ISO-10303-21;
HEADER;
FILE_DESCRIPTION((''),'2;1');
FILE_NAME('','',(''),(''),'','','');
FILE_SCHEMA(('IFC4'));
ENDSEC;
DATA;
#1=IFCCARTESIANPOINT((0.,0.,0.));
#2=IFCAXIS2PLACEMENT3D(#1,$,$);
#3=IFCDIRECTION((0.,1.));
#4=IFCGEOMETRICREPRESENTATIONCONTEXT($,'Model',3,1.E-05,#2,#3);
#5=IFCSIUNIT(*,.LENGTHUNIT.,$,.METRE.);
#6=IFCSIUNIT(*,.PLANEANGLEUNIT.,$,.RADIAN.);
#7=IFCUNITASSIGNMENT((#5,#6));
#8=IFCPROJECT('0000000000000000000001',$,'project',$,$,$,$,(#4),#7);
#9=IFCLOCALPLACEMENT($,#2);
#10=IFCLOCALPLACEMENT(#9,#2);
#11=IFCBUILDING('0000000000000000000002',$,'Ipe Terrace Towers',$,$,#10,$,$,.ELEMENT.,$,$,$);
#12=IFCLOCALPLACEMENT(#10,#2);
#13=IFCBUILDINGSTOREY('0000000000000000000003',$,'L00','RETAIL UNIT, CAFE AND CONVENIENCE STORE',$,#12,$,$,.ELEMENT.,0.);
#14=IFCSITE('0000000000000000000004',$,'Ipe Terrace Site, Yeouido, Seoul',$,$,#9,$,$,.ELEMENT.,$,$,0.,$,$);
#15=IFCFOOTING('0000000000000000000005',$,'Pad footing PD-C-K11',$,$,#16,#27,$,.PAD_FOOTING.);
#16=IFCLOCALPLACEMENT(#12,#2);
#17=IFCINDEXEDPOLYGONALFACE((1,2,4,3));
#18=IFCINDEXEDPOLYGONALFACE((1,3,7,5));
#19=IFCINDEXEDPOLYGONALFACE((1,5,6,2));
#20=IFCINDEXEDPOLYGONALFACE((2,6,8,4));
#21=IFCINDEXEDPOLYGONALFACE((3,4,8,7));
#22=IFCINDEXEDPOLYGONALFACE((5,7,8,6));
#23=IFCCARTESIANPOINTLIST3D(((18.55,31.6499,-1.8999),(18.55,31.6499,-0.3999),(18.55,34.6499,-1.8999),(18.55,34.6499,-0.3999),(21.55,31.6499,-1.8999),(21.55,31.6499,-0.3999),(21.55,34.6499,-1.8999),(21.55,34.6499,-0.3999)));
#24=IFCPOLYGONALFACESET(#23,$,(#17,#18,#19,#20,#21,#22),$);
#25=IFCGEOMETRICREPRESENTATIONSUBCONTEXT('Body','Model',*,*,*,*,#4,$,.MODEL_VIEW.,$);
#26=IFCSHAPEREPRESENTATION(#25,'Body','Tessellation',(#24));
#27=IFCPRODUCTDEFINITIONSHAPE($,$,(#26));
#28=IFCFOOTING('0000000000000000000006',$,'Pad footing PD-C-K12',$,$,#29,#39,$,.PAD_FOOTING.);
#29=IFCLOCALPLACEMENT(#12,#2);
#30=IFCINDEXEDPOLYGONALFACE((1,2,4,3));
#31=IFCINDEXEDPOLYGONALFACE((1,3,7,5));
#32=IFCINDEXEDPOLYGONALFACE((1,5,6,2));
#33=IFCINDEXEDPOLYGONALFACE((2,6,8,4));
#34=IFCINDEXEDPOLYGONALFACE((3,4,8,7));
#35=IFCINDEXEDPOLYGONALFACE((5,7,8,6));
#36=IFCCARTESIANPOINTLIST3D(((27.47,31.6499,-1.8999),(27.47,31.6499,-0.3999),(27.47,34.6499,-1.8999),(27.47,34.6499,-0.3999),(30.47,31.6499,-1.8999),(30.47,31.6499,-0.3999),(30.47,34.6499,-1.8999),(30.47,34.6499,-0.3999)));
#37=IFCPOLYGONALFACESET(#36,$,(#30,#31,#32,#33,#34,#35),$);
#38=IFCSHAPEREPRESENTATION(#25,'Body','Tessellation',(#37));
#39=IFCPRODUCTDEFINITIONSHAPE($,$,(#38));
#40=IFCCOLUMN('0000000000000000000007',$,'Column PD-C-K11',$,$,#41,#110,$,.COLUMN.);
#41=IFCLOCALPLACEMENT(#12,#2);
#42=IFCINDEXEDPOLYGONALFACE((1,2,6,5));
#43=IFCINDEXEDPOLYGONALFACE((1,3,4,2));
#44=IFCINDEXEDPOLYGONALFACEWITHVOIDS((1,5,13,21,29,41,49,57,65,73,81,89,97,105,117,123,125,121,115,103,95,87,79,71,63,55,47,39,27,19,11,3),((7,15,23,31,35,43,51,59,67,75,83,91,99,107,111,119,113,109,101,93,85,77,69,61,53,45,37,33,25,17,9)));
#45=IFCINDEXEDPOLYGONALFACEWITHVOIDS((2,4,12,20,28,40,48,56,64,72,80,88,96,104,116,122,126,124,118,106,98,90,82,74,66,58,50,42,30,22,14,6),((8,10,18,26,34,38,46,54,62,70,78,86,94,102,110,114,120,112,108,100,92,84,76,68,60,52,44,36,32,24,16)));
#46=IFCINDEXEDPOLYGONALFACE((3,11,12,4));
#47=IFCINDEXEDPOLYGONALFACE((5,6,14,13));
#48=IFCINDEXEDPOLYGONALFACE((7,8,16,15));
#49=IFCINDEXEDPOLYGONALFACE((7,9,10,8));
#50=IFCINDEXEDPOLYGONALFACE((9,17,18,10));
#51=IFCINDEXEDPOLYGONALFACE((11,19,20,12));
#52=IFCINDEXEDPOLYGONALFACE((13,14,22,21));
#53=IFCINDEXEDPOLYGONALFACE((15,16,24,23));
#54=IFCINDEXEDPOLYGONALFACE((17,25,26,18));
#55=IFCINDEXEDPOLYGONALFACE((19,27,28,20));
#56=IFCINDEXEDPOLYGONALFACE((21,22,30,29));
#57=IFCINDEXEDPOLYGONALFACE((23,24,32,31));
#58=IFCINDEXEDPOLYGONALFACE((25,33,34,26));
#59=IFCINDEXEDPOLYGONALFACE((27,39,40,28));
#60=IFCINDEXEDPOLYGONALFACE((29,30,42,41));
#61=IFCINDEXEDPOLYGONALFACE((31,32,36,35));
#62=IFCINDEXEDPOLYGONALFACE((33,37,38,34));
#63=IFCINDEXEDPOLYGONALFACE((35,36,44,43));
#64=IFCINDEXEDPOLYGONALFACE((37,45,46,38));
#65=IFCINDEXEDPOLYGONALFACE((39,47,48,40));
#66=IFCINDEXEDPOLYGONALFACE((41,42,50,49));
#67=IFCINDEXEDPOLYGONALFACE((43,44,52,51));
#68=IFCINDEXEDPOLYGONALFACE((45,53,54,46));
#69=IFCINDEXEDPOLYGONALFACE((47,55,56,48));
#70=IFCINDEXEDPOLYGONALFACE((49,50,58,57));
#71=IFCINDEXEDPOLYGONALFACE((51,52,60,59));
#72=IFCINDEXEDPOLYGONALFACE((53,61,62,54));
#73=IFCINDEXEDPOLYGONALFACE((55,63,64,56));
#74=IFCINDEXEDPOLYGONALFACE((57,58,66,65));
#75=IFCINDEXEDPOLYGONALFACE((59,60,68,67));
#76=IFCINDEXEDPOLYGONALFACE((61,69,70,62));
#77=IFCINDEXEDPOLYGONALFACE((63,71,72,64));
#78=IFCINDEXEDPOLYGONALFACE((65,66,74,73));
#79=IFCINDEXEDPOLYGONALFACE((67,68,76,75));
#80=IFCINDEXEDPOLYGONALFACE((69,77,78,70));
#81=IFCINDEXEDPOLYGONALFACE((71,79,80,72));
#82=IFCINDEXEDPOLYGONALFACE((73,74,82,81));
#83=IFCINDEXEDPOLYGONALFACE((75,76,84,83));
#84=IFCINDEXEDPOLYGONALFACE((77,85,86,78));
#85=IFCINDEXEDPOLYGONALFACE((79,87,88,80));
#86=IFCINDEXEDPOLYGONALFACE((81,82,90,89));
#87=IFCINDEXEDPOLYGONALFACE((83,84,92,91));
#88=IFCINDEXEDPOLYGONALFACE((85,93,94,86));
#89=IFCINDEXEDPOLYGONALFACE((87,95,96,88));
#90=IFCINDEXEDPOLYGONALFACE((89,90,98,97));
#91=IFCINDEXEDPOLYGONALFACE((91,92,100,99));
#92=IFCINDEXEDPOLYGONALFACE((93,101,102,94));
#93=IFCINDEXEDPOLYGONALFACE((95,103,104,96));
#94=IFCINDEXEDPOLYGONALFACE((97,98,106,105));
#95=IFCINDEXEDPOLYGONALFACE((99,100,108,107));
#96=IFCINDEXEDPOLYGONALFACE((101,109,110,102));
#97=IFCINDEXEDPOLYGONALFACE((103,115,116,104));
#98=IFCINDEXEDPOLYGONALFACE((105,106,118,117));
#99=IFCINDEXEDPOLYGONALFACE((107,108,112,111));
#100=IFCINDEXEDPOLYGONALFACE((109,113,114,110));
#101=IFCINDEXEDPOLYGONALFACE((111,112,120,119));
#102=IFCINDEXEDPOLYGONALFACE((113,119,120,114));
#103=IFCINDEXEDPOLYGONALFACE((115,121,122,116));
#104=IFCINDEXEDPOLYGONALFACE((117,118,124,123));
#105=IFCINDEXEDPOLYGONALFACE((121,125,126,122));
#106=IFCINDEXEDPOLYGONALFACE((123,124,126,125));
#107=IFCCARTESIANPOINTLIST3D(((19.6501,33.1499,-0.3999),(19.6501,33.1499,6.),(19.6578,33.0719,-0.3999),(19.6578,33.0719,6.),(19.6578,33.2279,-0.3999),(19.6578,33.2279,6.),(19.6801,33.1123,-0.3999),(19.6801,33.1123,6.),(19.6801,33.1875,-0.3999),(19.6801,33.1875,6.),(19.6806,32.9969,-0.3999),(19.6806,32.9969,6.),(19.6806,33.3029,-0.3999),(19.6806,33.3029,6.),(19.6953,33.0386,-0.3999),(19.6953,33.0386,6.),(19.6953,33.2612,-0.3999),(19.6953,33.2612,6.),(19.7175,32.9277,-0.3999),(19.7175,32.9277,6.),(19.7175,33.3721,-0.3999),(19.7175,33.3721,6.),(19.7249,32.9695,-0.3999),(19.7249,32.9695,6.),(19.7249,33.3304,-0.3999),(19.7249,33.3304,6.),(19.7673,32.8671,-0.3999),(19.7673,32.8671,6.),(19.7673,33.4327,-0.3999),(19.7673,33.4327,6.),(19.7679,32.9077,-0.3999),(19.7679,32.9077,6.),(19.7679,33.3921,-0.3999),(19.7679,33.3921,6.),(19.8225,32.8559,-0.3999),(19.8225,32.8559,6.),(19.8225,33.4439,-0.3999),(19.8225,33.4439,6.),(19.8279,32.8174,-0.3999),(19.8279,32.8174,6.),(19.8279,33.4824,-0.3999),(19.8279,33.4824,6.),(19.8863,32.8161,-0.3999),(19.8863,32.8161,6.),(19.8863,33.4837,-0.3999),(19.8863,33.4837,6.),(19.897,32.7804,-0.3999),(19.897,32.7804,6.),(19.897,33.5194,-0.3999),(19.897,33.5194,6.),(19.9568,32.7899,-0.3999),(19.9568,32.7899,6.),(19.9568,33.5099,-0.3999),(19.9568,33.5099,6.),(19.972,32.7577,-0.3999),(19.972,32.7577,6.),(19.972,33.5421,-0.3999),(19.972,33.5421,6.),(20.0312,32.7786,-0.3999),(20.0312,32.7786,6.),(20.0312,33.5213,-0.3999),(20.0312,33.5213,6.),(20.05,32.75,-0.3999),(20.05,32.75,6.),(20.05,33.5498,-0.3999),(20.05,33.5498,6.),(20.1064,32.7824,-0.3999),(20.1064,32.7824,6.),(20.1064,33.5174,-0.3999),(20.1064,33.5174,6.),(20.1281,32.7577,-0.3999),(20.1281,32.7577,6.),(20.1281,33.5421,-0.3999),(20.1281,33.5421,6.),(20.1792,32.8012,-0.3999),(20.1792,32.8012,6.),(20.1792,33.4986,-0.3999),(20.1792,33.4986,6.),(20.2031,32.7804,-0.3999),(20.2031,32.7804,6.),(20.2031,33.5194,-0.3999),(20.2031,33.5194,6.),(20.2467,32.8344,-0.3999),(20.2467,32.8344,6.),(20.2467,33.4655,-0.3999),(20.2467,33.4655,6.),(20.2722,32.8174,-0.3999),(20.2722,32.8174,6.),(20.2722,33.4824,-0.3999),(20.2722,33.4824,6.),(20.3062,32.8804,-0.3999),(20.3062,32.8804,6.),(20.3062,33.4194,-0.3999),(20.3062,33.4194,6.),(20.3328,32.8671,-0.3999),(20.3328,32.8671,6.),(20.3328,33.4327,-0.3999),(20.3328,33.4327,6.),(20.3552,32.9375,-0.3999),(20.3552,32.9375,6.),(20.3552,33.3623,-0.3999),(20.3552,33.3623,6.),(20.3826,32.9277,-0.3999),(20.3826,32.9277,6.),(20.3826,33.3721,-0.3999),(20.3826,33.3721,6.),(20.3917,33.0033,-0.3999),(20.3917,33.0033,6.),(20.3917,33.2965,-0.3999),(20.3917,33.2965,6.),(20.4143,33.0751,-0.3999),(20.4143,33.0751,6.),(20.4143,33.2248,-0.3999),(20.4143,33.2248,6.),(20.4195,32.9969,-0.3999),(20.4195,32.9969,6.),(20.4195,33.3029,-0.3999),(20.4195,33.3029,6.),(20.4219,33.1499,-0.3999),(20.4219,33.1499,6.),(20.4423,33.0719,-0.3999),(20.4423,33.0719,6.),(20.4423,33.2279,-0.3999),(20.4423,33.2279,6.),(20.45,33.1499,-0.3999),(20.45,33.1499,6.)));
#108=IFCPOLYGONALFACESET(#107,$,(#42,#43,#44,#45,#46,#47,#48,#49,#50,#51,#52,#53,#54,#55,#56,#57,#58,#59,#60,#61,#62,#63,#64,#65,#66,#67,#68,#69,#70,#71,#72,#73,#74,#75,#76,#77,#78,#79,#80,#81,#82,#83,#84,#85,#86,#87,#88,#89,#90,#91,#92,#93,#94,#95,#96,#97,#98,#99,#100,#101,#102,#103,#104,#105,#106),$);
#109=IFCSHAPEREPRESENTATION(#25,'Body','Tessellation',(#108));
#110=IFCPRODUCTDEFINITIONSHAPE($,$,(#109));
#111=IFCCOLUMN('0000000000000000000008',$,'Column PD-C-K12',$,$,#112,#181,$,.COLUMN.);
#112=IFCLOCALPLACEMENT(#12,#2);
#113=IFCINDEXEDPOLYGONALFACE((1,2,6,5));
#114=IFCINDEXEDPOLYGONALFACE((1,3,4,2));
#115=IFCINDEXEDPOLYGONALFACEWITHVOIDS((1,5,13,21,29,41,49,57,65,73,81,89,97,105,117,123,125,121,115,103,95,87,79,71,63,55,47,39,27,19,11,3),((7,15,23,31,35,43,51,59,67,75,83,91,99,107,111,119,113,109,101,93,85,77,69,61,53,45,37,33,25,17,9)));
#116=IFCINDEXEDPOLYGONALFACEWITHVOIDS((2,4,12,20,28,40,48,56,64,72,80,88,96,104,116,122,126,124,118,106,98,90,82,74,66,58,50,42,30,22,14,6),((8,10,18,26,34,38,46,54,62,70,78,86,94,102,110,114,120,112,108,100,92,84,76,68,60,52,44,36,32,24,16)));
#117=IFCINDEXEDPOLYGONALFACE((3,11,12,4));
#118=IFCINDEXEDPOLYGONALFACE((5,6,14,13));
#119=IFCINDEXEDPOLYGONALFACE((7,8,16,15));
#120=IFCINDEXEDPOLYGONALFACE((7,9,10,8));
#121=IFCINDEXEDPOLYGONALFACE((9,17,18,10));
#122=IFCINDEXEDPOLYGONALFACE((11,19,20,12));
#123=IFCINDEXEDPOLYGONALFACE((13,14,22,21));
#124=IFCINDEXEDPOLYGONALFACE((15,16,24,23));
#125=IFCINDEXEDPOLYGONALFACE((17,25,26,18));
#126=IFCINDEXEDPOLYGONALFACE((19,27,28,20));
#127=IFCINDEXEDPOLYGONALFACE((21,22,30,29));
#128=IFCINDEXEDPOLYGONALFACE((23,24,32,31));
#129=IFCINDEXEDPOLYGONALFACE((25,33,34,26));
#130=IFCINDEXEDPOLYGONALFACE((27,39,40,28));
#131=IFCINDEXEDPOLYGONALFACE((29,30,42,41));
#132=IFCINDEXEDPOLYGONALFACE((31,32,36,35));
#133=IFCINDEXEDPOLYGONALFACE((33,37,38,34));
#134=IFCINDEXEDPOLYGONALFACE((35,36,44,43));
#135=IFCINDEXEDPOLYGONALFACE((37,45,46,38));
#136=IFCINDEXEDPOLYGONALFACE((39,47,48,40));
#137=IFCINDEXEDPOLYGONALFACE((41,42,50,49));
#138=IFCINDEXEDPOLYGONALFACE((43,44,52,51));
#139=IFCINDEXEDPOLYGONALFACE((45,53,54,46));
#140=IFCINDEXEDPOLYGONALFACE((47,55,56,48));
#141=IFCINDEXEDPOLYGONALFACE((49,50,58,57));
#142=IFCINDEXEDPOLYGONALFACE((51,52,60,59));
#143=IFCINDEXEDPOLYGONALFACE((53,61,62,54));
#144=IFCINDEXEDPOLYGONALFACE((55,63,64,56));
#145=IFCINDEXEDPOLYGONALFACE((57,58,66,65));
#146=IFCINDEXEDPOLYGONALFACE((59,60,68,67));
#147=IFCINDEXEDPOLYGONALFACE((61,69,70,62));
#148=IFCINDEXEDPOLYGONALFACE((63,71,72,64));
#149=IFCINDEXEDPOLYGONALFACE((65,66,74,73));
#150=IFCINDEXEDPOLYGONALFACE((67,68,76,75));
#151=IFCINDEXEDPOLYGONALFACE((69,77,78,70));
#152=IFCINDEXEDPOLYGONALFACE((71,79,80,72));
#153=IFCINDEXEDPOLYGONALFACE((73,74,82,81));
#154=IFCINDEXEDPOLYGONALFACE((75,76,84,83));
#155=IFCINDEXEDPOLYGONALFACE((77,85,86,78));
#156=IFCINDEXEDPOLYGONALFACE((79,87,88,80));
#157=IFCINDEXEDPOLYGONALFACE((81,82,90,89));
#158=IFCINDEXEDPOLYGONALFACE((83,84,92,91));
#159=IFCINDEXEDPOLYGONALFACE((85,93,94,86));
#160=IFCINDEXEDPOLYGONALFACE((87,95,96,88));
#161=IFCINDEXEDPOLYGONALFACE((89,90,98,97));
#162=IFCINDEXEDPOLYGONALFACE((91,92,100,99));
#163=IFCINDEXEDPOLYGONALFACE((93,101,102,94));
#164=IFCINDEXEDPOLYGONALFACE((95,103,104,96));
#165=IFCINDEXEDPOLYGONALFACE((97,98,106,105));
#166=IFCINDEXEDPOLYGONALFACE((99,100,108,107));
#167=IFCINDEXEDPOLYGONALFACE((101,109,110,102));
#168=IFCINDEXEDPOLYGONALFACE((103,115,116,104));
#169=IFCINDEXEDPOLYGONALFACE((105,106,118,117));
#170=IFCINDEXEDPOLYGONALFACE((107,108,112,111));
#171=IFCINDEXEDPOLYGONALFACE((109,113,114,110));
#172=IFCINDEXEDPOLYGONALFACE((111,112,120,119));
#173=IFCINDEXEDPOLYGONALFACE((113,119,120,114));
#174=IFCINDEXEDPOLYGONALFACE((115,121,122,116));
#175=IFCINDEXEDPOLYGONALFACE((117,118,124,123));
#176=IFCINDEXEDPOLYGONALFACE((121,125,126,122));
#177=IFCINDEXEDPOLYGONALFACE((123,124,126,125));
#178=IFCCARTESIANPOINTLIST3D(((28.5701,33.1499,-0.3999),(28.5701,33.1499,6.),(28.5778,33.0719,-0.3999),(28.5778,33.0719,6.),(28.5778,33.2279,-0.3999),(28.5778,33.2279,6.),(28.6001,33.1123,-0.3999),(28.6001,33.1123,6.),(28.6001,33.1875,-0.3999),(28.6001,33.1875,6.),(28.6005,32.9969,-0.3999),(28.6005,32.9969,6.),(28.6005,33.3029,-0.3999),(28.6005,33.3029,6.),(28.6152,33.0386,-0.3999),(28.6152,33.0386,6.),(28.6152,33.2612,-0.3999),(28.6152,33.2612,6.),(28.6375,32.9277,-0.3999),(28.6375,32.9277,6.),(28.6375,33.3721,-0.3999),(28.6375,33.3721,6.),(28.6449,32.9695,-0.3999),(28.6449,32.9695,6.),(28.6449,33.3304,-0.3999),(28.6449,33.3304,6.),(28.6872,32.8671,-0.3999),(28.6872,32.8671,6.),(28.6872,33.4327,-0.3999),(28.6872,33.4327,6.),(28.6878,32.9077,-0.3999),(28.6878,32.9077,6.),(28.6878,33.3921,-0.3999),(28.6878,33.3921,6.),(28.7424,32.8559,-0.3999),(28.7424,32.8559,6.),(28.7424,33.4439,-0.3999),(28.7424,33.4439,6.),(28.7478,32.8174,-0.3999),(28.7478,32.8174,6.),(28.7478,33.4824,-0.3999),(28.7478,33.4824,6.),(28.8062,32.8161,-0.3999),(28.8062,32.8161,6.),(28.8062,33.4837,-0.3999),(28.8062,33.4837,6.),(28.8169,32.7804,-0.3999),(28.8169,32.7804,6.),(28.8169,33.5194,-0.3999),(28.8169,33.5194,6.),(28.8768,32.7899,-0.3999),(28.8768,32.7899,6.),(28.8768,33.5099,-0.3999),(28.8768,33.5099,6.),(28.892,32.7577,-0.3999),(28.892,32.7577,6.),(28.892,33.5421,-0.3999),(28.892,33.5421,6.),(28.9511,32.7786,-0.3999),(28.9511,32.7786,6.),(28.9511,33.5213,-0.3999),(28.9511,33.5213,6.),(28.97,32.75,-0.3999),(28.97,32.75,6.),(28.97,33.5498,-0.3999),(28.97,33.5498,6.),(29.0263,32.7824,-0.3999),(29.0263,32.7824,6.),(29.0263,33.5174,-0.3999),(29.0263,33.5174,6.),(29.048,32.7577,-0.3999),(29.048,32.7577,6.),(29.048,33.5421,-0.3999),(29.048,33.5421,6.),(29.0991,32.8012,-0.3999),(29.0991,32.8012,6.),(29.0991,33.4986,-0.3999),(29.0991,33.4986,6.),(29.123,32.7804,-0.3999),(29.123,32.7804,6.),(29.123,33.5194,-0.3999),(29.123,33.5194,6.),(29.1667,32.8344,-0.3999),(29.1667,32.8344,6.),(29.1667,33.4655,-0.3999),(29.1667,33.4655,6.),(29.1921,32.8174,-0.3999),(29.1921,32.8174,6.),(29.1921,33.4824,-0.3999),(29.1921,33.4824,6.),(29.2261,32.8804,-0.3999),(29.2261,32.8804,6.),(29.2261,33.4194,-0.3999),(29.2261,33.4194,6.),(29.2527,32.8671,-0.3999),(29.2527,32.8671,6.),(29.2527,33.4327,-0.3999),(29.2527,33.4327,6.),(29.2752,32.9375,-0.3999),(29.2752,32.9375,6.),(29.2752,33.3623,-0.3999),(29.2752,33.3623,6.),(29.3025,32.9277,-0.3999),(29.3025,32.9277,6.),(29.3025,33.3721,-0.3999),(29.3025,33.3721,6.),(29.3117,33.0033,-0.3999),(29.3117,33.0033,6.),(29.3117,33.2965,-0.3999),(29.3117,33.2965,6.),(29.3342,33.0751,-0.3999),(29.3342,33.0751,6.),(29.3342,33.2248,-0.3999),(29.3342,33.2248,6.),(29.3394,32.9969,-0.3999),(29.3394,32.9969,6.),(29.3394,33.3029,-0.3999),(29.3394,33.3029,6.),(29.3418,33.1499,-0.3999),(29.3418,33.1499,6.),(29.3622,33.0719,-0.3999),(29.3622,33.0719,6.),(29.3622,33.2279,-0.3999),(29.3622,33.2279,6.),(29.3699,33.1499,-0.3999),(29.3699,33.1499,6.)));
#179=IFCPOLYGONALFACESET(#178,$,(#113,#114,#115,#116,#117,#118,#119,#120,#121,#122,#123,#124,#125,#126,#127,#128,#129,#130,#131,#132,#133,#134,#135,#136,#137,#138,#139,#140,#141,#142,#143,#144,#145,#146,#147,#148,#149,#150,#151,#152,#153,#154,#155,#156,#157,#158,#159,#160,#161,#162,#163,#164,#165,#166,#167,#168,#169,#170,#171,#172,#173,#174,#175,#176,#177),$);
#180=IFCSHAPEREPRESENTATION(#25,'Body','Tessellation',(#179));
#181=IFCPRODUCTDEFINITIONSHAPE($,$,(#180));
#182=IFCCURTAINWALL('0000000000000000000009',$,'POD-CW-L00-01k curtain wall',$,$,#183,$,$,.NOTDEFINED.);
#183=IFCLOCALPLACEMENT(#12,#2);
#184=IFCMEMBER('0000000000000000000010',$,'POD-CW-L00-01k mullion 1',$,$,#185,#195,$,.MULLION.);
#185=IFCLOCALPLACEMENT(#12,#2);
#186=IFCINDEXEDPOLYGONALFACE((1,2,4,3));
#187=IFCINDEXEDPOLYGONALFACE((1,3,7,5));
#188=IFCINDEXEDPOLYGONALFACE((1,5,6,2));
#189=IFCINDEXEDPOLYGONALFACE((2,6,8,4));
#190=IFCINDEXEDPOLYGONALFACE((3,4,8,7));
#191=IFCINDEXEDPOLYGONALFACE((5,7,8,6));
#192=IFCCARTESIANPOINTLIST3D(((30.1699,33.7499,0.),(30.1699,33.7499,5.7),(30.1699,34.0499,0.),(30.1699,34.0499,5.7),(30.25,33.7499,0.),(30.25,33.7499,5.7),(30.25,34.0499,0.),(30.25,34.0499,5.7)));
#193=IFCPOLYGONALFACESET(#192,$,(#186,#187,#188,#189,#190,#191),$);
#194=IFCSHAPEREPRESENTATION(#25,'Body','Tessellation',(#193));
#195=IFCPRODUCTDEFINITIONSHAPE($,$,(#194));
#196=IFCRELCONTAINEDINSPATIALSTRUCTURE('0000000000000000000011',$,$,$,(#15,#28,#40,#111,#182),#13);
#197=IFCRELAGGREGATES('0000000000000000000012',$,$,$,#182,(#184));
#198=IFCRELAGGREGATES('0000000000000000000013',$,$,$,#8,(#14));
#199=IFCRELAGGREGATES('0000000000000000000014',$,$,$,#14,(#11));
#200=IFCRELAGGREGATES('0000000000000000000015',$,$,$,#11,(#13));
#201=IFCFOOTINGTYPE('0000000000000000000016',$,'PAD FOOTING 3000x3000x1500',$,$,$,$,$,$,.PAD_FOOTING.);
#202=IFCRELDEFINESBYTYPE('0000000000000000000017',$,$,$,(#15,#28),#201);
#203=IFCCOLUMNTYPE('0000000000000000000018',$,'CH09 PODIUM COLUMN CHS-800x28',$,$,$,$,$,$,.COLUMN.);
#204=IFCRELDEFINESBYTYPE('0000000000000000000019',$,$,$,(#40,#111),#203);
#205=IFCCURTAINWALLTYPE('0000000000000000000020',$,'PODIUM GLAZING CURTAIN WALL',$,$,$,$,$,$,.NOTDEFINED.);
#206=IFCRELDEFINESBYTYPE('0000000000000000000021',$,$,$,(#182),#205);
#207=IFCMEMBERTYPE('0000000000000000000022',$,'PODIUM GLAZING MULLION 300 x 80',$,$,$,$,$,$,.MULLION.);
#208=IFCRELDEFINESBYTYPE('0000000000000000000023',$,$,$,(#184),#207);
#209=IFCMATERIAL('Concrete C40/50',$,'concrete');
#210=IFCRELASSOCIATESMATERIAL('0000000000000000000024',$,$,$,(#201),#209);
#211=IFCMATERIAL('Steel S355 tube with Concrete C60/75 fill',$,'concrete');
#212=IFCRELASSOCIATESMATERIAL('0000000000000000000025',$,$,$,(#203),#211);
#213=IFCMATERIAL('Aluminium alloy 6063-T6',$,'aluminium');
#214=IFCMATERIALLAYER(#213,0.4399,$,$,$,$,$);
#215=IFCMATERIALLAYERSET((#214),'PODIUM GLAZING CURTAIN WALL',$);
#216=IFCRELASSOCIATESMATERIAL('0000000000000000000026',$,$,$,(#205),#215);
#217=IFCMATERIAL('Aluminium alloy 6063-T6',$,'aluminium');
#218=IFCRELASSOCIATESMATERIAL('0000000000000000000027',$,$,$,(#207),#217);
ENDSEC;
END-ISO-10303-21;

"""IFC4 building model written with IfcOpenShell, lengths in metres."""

from ifc_helpers import new_model, si_unit, direction, frame, origin, origin_2d, place, context, subcontext, project, spatial, rectangle, hollow_circle, extrude, material, layer, layer_set, material_profile, profile_set, type_object, element, aggregate, save


model = new_model("IFC4")

# Units and contexts
model_context = context("Model", 3, precision=1e-05, world=origin(), true_north=direction((0.0, 1.0)))
body_context = subcontext(model_context, "Body", "Model", "MODEL_VIEW")
ifc_project = project(units=[si_unit("LENGTHUNIT", "METRE"), si_unit("PLANEANGLEUNIT", "RADIAN")], contexts=[model_context])

# Site, building, storey
site_placement = place(None, origin())
site = spatial("IfcSite", under=ifc_project, at=site_placement, Name="Ipe Terrace Site, Yeouido, Seoul", CompositionType="ELEMENT", RefElevation=0.0)
building_placement = place(site_placement, origin())
building = spatial("IfcBuilding", under=site, at=building_placement, Name="Ipe Terrace Towers", CompositionType="ELEMENT")
storey_placement = place(building_placement, origin())
storey = spatial("IfcBuildingStorey", under=building, at=storey_placement, Name="L00", Description="RETAIL UNIT, CAFE AND CONVENIENCE STORE", CompositionType="ELEMENT", Elevation=0.0)

# Footings
ifc_material_1 = material(Name="Concrete C40/50", Category="concrete")
footing_type = type_object("IfcFootingType", Name="PAD FOOTING 3000x3000x1500", PredefinedType="PAD_FOOTING", material=ifc_material_1)
for number, where, z_axis, x_axis, name in (
    (1, (20.05, 33.1499, -1.8999), (0.0, 0.0, 1.0), (1.0, 0.0, 0.0), "Pad footing PD-C-K11"),
    (2, (28.97, 33.1499, -1.8999), (0.0, 0.0, 1.0), (1.0, 0.0, 0.0), "Pad footing PD-C-K12"),
):
    element("IfcFooting", number, at=place(storey_placement, frame(where, z_axis=z_axis, x_axis=x_axis)), inside=storey, type_object=footing_type, Name=name, PredefinedType="PAD_FOOTING", context=body_context, shape_type="SweptSolid", body=[
        extrude(rectangle(XDim=3.0, YDim=3.0, at=origin_2d()), origin(), (0.0, 0.0, 1.0), 1.5),
    ])

# Columns
ifc_material_2 = material(Name="Steel S355 tube with Concrete C60/75 fill", Category="concrete")
ifc_material_profile_1 = material_profile(ifc_material_2, hollow_circle(Radius=0.3999, WallThickness=0.0281, at=origin_2d()), Name="CHS-800x28")
ifc_profile_set_1 = profile_set([ifc_material_profile_1], Name="Steel S355 tube with Concrete C60/75 fill")
column_type = type_object("IfcColumnType", Name="CH09 PODIUM COLUMN CHS-800x28", PredefinedType="COLUMN", material=ifc_profile_set_1)
for number, where, z_axis, x_axis, name in (
    (3, (20.05, 33.1499, -0.3999), (0.0, 0.0, 1.0), (1.0, 0.0, 0.0), "Column PD-C-K11"),
    (4, (28.97, 33.1499, -0.3999), (0.0, 0.0, 1.0), (1.0, 0.0, 0.0), "Column PD-C-K12"),
):
    element("IfcColumn", number, at=place(storey_placement, frame(where, z_axis=z_axis, x_axis=x_axis)), inside=storey, type_object=column_type, Name=name, PredefinedType="COLUMN", context=body_context, shape_type="SweptSolid", body=[
        extrude(hollow_circle(Radius=0.3999, WallThickness=0.0281, at=origin_2d()), origin(), (0.0, 0.0, 1.0), 6.3999),
    ])

# Curtain wall, member
ifc_material_3 = material(Name="Aluminium alloy 6063-T6", Category="aluminium")
ifc_layer_1 = layer(ifc_material_3, 0.4399)
ifc_layer_set_1 = layer_set([ifc_layer_1], Name="PODIUM GLAZING CURTAIN WALL")
curtain_wall_type = type_object("IfcCurtainWallType", Name="PODIUM GLAZING CURTAIN WALL", PredefinedType="NOTDEFINED", material=ifc_layer_set_1)
curtain_wall_1_placement = place(storey_placement, origin())
curtain_wall_1 = element("IfcCurtainWall", 5, at=curtain_wall_1_placement, inside=storey, type_object=curtain_wall_type, Name="POD-CW-L00-01k curtain wall", PredefinedType="NOTDEFINED")
ifc_material_4 = material(Name="Aluminium alloy 6063-T6", Category="aluminium")
ifc_material_profile_2 = material_profile(ifc_material_4, rectangle(XDim=0.3, YDim=0.0801, at=origin_2d()), Name="PODIUM GLAZING MULLION 300 x 80")
ifc_profile_set_2 = profile_set([ifc_material_profile_2], Name="Aluminium alloy 6063-T6")
member_type_1 = type_object("IfcMemberType", Name="PODIUM GLAZING MULLION 300 x 80", PredefinedType="MULLION", material=ifc_profile_set_2)
member_1_placement = place(storey_placement, frame((30.21, 33.8999, 0.0), z_axis=(0.0, 0.0, 1.0), x_axis=(0.0, 1.0, 0.0)))
member_1 = element("IfcMember", 6, at=member_1_placement, type_object=member_type_1, Name="POD-CW-L00-01k mullion 1", PredefinedType="MULLION", context=body_context, shape_type="SweptSolid", body=[
    extrude(rectangle(XDim=0.3, YDim=0.0801, at=origin_2d()), origin(), (0.0, 0.0, 1.0), 5.7),
])

aggregate(curtain_wall_1, [member_1])

save(model, "model.ifc")
